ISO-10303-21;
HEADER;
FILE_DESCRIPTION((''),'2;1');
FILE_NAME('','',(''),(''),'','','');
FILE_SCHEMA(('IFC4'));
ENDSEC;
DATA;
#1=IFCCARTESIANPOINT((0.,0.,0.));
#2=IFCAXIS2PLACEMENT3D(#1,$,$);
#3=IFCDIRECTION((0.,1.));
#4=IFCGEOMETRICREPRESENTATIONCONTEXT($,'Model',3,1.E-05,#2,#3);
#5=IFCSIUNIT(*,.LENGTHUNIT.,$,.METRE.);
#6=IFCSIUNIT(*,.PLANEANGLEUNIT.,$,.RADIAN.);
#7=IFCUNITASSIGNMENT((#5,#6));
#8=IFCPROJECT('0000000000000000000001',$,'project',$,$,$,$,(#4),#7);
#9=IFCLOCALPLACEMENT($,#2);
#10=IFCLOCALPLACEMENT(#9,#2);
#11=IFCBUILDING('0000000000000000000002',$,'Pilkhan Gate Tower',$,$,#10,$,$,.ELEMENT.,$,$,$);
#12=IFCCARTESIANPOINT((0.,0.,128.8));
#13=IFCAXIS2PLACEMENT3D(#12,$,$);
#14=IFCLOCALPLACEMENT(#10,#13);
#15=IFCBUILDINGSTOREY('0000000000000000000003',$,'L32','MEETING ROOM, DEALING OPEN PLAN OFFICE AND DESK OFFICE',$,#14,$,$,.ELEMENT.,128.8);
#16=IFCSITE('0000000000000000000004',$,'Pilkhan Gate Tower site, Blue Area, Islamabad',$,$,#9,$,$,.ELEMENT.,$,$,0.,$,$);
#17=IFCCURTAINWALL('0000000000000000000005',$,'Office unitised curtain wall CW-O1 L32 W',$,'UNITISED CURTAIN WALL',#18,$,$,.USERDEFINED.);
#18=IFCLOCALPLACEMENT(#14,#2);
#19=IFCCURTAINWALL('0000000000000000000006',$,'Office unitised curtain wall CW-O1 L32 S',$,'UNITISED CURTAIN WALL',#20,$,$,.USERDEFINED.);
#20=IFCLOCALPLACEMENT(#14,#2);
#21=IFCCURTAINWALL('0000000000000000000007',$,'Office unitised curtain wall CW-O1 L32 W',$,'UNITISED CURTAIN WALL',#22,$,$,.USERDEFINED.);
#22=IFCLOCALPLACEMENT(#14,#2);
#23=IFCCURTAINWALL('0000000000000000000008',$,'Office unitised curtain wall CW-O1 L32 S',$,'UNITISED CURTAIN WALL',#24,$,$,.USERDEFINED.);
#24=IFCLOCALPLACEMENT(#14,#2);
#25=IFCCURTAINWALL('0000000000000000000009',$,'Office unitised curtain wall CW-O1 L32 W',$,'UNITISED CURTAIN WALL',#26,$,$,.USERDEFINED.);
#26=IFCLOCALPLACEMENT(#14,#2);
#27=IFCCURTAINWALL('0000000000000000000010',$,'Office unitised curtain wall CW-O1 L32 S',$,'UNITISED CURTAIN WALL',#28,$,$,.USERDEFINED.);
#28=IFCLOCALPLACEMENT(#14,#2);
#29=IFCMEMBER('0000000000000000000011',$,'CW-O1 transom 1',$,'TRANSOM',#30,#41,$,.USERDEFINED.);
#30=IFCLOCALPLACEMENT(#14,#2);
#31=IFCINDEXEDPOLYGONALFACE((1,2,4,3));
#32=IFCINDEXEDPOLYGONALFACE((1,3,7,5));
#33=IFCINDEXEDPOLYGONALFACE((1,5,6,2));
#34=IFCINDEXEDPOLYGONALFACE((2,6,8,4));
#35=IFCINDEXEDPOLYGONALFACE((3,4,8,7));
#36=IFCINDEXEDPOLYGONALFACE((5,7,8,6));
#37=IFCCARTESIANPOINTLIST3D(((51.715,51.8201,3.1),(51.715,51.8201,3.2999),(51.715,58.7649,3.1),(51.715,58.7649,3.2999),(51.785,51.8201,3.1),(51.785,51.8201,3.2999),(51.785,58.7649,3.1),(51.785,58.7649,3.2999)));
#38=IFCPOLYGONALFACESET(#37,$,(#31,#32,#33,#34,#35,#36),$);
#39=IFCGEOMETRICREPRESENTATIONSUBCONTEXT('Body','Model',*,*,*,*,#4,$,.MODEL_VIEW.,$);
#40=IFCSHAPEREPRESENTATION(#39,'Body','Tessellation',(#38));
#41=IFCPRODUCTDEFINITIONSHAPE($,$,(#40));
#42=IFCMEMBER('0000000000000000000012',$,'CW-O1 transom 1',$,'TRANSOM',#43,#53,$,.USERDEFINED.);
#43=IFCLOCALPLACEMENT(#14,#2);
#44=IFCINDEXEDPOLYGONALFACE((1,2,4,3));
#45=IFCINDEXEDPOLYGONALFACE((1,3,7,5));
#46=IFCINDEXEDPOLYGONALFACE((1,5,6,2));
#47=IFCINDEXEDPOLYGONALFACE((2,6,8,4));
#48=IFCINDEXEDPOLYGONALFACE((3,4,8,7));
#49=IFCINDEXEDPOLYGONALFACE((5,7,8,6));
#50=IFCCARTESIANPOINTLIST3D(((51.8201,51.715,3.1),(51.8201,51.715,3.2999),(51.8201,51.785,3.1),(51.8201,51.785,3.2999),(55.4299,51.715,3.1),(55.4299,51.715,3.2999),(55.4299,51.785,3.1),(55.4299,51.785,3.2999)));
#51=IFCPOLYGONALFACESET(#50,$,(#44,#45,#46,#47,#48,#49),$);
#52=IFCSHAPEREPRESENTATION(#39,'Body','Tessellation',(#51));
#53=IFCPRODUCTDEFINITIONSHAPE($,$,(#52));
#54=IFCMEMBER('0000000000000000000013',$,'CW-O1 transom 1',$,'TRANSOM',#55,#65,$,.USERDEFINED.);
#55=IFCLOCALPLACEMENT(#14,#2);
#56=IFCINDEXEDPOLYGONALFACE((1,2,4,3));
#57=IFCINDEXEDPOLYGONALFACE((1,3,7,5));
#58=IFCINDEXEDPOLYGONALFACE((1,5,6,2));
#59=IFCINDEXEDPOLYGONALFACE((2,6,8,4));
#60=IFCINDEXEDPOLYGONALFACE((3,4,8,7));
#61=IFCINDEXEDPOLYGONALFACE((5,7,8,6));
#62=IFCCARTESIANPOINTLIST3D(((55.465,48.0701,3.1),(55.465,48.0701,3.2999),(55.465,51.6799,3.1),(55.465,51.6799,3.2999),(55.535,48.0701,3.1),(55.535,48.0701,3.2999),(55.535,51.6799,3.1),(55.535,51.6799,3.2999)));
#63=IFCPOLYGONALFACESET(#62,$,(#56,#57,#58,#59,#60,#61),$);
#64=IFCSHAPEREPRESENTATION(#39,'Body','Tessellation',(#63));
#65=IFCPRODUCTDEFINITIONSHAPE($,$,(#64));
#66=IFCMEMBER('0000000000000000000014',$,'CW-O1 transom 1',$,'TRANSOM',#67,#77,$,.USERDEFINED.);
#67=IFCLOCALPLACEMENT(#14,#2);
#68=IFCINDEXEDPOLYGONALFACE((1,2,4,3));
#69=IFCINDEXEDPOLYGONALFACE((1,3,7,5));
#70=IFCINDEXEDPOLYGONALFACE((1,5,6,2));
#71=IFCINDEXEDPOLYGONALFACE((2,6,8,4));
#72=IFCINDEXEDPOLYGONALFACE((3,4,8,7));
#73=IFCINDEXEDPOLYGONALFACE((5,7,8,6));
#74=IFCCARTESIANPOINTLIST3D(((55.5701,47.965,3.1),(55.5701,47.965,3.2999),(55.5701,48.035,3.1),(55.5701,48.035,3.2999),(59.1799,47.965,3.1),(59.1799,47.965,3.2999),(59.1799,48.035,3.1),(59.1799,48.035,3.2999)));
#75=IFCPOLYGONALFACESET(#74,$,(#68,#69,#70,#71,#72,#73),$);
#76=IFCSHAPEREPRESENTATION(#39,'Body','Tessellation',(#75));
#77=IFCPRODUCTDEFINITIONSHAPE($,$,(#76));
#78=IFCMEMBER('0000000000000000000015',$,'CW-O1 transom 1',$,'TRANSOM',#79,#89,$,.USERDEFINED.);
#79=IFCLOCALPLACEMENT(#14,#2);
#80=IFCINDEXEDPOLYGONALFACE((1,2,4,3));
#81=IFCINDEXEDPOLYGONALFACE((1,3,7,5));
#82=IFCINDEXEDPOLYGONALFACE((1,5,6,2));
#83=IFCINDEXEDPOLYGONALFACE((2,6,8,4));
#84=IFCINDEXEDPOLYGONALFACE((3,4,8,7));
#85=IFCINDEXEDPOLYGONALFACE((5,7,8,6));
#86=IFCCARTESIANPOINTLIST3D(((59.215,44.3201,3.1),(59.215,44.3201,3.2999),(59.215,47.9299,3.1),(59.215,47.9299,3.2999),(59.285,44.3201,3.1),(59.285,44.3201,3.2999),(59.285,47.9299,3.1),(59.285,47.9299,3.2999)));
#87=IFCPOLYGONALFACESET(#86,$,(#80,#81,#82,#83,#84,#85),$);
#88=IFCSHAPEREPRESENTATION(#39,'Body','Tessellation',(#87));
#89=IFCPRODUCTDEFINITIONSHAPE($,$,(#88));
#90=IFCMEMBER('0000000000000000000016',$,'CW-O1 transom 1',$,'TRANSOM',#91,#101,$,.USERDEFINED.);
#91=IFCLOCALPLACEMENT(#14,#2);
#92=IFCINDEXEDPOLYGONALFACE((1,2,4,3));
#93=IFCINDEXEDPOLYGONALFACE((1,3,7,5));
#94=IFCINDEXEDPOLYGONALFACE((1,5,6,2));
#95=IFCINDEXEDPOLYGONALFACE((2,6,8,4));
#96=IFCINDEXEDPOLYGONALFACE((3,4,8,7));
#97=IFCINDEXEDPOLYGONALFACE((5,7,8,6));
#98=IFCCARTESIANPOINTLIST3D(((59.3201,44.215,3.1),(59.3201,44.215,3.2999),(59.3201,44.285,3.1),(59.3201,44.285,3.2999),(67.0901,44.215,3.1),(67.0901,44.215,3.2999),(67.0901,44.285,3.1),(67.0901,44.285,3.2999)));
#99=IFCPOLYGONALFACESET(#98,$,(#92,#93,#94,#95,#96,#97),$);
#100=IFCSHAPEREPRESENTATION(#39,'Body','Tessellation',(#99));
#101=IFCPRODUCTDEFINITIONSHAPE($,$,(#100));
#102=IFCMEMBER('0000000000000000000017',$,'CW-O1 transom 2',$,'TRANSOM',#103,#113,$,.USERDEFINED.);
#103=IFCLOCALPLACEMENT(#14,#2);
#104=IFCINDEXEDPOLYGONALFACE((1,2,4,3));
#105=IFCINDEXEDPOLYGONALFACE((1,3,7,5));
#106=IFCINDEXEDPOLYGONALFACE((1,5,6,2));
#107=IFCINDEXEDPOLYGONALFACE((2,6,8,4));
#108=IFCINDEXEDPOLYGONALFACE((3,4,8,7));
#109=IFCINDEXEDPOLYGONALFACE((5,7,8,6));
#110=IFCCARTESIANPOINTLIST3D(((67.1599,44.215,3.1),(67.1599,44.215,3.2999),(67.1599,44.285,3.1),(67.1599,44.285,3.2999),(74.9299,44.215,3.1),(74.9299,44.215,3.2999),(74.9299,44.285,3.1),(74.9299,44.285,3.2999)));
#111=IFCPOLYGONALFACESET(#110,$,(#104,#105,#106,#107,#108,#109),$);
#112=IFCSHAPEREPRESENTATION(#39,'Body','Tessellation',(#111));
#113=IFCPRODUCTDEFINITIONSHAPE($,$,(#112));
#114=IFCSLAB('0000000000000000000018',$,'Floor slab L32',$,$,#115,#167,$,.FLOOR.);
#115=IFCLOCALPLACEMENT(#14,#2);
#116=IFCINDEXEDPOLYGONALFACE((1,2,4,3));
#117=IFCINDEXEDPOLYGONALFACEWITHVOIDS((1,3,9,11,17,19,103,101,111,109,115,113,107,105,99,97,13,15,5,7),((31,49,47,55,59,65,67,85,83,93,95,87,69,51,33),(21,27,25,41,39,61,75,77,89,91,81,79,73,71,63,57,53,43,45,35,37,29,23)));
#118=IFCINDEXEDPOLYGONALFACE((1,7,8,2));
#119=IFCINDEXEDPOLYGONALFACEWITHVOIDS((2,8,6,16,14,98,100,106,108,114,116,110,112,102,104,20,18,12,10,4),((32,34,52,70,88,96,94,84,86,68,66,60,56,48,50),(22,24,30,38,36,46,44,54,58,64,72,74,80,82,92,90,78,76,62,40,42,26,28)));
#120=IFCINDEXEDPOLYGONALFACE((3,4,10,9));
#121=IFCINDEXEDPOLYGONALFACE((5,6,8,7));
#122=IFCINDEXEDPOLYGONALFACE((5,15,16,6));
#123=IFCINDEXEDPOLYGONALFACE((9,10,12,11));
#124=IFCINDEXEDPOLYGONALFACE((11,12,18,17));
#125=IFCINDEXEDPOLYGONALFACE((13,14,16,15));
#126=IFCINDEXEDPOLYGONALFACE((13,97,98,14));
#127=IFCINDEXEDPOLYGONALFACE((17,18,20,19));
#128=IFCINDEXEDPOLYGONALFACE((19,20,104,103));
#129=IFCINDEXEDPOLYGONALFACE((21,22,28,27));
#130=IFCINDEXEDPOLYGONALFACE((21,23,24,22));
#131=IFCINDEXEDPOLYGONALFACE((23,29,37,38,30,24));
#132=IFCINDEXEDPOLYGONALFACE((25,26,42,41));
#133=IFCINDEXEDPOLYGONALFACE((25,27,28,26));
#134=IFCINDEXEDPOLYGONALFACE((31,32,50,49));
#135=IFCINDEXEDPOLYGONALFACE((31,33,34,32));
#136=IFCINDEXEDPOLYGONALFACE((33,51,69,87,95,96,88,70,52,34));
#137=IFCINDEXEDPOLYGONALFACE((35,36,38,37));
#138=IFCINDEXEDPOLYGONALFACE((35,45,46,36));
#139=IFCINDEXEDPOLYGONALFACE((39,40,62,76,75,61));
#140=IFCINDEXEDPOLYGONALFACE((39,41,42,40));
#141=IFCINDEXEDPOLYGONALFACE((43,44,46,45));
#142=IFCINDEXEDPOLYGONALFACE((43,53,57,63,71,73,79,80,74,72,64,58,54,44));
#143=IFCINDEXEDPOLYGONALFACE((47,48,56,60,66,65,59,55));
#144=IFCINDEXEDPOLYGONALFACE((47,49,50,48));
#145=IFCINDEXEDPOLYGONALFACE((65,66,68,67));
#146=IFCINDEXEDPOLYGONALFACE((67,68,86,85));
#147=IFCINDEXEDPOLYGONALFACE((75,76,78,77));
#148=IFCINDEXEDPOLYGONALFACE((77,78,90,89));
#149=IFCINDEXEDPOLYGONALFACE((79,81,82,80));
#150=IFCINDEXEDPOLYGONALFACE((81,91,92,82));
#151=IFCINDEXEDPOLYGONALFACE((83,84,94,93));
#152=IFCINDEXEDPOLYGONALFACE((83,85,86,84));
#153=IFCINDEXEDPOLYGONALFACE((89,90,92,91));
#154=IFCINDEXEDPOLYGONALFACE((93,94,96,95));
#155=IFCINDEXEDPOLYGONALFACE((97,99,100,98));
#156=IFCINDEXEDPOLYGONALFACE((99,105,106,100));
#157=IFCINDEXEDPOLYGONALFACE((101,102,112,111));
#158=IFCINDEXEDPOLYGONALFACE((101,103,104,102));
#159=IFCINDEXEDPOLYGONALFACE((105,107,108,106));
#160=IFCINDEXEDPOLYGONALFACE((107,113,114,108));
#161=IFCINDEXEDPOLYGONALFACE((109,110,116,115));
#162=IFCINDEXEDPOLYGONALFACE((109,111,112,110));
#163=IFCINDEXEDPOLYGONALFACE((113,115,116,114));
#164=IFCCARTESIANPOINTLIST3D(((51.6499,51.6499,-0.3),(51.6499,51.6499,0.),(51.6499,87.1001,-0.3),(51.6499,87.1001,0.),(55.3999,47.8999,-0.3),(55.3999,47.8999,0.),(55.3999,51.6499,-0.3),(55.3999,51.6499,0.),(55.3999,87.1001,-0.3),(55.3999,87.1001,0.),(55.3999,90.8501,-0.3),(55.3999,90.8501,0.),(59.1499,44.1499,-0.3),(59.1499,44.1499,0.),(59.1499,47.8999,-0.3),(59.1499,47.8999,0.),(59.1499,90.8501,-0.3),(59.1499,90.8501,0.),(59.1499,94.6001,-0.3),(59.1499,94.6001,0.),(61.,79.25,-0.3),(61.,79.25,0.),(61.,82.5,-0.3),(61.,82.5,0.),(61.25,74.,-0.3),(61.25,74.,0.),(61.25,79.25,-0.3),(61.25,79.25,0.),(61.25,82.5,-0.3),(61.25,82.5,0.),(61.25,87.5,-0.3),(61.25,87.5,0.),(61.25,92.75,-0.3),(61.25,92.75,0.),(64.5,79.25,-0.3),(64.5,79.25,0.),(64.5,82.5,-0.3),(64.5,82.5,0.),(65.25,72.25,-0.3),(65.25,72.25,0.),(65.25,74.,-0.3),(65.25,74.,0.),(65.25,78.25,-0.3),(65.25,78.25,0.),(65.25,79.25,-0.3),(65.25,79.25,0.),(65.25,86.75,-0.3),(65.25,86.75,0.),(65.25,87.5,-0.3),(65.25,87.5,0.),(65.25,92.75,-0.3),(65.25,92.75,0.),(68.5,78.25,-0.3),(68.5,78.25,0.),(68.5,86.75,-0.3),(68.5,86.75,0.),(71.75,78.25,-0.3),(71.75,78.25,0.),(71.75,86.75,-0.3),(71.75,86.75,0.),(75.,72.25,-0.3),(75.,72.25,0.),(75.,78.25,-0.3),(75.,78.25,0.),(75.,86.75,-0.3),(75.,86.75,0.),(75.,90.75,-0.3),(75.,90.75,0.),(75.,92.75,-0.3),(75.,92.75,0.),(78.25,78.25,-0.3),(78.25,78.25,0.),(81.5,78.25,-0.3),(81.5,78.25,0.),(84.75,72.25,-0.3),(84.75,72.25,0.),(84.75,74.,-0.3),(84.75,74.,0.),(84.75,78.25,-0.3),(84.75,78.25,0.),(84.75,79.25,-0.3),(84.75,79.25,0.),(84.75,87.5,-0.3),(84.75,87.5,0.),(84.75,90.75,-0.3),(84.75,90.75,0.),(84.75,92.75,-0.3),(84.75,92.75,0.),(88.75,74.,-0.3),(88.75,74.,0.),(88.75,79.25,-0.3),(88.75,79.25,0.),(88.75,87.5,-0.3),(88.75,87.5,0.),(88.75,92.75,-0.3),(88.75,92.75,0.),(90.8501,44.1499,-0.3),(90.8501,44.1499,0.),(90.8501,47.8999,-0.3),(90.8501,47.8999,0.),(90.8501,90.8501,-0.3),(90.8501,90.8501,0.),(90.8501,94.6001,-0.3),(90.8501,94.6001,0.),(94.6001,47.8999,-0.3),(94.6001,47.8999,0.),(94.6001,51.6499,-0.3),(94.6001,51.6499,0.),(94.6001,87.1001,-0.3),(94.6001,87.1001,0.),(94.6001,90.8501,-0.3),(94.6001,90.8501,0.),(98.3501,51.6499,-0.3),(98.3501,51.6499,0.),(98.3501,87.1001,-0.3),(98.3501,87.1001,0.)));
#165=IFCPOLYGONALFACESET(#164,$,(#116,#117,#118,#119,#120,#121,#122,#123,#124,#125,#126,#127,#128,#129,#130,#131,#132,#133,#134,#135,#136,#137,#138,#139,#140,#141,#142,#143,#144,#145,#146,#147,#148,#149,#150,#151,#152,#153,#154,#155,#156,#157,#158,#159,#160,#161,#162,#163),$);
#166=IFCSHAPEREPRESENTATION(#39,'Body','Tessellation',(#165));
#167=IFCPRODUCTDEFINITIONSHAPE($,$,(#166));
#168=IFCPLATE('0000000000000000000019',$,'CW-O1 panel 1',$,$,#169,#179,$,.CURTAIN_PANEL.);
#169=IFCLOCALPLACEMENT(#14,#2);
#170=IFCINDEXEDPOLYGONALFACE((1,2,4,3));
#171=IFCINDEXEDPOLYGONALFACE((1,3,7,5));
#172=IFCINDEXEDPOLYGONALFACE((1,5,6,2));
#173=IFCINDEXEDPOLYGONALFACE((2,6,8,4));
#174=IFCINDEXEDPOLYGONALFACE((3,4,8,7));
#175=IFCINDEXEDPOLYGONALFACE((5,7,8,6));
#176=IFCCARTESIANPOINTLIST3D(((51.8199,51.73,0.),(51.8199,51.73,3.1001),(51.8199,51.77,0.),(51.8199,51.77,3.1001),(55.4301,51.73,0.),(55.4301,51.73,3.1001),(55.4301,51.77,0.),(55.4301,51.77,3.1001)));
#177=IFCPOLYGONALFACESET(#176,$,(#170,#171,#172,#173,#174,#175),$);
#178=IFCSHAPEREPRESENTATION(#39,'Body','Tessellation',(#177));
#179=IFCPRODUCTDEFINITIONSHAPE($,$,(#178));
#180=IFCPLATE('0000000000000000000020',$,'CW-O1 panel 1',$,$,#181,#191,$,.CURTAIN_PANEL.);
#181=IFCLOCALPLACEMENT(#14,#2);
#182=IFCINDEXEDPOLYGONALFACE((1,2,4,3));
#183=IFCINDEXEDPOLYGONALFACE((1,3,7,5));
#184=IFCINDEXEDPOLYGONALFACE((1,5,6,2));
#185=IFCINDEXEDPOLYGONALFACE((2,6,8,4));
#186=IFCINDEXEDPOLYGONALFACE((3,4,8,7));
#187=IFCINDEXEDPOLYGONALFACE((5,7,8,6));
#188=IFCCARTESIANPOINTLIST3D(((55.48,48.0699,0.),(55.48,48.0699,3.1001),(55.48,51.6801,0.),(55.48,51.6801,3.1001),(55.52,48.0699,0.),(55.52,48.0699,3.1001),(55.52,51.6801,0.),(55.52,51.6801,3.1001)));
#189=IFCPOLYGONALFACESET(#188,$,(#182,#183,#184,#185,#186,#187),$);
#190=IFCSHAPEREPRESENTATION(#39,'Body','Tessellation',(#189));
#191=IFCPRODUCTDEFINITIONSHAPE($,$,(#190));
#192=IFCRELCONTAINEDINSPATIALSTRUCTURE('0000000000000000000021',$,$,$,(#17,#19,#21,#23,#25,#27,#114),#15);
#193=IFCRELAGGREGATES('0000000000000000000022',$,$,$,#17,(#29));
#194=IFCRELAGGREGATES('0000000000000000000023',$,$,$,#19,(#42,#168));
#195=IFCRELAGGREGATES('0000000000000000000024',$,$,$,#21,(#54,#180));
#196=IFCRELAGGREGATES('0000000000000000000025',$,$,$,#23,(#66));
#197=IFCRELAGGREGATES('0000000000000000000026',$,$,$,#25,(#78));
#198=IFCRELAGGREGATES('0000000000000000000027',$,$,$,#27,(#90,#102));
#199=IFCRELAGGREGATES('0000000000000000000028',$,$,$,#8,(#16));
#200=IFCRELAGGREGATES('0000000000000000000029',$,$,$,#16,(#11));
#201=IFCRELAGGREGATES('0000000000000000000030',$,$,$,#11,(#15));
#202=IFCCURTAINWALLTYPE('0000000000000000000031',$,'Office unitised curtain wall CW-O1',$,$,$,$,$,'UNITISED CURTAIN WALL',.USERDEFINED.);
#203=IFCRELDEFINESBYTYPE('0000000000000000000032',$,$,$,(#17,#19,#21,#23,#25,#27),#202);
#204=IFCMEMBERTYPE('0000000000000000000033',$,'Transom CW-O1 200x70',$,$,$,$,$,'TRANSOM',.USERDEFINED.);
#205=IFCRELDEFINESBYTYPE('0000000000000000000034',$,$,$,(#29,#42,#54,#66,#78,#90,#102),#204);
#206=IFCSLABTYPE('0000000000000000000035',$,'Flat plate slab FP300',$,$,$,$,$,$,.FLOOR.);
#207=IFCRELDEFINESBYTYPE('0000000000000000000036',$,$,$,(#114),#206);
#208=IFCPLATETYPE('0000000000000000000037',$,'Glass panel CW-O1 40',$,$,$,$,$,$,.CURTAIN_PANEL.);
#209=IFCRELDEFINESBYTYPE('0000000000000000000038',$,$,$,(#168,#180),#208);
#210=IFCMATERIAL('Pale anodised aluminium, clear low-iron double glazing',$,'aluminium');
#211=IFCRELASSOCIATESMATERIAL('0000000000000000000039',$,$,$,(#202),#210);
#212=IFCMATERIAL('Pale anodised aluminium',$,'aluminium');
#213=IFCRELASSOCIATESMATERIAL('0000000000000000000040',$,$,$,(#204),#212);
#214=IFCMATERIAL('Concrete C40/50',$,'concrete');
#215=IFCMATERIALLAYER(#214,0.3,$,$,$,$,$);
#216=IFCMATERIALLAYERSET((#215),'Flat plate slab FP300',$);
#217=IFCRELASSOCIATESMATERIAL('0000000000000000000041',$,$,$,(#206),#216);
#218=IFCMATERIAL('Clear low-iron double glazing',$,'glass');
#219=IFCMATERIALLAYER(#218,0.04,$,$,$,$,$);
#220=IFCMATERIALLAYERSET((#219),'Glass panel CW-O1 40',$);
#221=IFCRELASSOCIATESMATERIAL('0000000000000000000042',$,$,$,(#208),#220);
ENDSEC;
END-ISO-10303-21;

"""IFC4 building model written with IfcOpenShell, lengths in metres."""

from ifc_helpers import new_model, si_unit, direction, frame, origin, origin_2d, place, context, subcontext, project, spatial, polyline, rectangle, outline, extrude, material, layer, layer_set, material_profile, profile_set, type_object, element, aggregate, save


model = new_model("IFC4")

# Units and contexts
model_context = context("Model", 3, precision=1e-05, world=origin(), true_north=direction((0.0, 1.0)))
body_context = subcontext(model_context, "Body", "Model", "MODEL_VIEW")
ifc_project = project(units=[si_unit("LENGTHUNIT", "METRE"), si_unit("PLANEANGLEUNIT", "RADIAN")], contexts=[model_context])

# Site, building, storey
site_placement = place(None, origin())
site = spatial("IfcSite", under=ifc_project, at=site_placement, Name="Pilkhan Gate Tower site, Blue Area, Islamabad", CompositionType="ELEMENT", RefElevation=0.0)
building_placement = place(site_placement, origin())
building = spatial("IfcBuilding", under=site, at=building_placement, Name="Pilkhan Gate Tower", CompositionType="ELEMENT")
storey_placement = place(building_placement, frame((0.0, 0.0, 128.8)))
storey = spatial("IfcBuildingStorey", under=building, at=storey_placement, Name="L32", Description="MEETING ROOM, DEALING OPEN PLAN OFFICE AND DESK OFFICE", CompositionType="ELEMENT", Elevation=128.8)

# Curtain wall
ifc_material_1 = material(Name="Pale anodised aluminium, clear low-iron double glazing", Category="aluminium")
curtain_wall_type = type_object("IfcCurtainWallType", Name="Office unitised curtain wall CW-O1", ElementType="UNITISED CURTAIN WALL", PredefinedType="USERDEFINED", material=ifc_material_1)
curtain_wall_1_placement = place(storey_placement, origin())
curtain_wall_1 = element("IfcCurtainWall", 1, at=curtain_wall_1_placement, inside=storey, type_object=curtain_wall_type, Name="Office unitised curtain wall CW-O1 L32 W", ObjectType="UNITISED CURTAIN WALL", PredefinedType="USERDEFINED")
ifc_material_2 = material(Name="Pale anodised aluminium", Category="aluminium")

# Curtain walls
curtain_wall_2_placement = place(storey_placement, origin())
curtain_wall_2 = element("IfcCurtainWall", 2, at=curtain_wall_2_placement, inside=storey, type_object=curtain_wall_type, Name="Office unitised curtain wall CW-O1 L32 S", ObjectType="UNITISED CURTAIN WALL", PredefinedType="USERDEFINED")
curtain_wall_3_placement = place(storey_placement, origin())
curtain_wall_3 = element("IfcCurtainWall", 3, at=curtain_wall_3_placement, inside=storey, type_object=curtain_wall_type, Name="Office unitised curtain wall CW-O1 L32 W", ObjectType="UNITISED CURTAIN WALL", PredefinedType="USERDEFINED")
curtain_wall_4_placement = place(storey_placement, origin())
curtain_wall_4 = element("IfcCurtainWall", 4, at=curtain_wall_4_placement, inside=storey, type_object=curtain_wall_type, Name="Office unitised curtain wall CW-O1 L32 S", ObjectType="UNITISED CURTAIN WALL", PredefinedType="USERDEFINED")
curtain_wall_5_placement = place(storey_placement, origin())
curtain_wall_5 = element("IfcCurtainWall", 5, at=curtain_wall_5_placement, inside=storey, type_object=curtain_wall_type, Name="Office unitised curtain wall CW-O1 L32 W", ObjectType="UNITISED CURTAIN WALL", PredefinedType="USERDEFINED")
curtain_wall_6_placement = place(storey_placement, origin())
curtain_wall_6 = element("IfcCurtainWall", 6, at=curtain_wall_6_placement, inside=storey, type_object=curtain_wall_type, Name="Office unitised curtain wall CW-O1 L32 S", ObjectType="UNITISED CURTAIN WALL", PredefinedType="USERDEFINED")

# Members
ifc_material_profile_1 = material_profile(ifc_material_2, rectangle(XDim=0.0701, YDim=0.2, at=origin_2d()), Name="Transom 200x70")
ifc_profile_set_1 = profile_set([ifc_material_profile_1], Name="Pale anodised aluminium")
member_type_1 = type_object("IfcMemberType", Name="Transom CW-O1 200x70", ElementType="TRANSOM", PredefinedType="USERDEFINED", material=ifc_profile_set_1)
member_1_placement = place(storey_placement, frame((51.75, 51.8201, 3.2), z_axis=(0.0, 1.0, 0.0), x_axis=(-1.0, 0.0, 0.0)))
member_1 = element("IfcMember", 7, at=member_1_placement, type_object=member_type_1, Name="CW-O1 transom 1", ObjectType="TRANSOM", PredefinedType="USERDEFINED", context=body_context, shape_type="SweptSolid", body=[
    extrude(rectangle(XDim=0.0701, YDim=0.2, at=origin_2d()), origin(), (0.0, 0.0, 1.0), 6.9448),
])
aggregate(curtain_wall_1, [member_1])
member_2_placement = place(storey_placement, frame((51.8201, 51.75, 3.2), z_axis=(1.0, 0.0, 0.0), x_axis=(0.0, 1.0, 0.0)))
member_2 = element("IfcMember", 8, at=member_2_placement, type_object=member_type_1, Name="CW-O1 transom 1", ObjectType="TRANSOM", PredefinedType="USERDEFINED", context=body_context, shape_type="SweptSolid", body=[
    extrude(rectangle(XDim=0.0701, YDim=0.2, at=origin_2d()), origin(), (0.0, 0.0, 1.0), 3.6099),
])
member_3_placement = place(storey_placement, frame((55.5, 48.0701, 3.2), z_axis=(0.0, 1.0, 0.0), x_axis=(-1.0, 0.0, 0.0)))
member_3 = element("IfcMember", 9, at=member_3_placement, type_object=member_type_1, Name="CW-O1 transom 1", ObjectType="TRANSOM", PredefinedType="USERDEFINED", context=body_context, shape_type="SweptSolid", body=[
    extrude(rectangle(XDim=0.0701, YDim=0.2, at=origin_2d()), origin(), (0.0, 0.0, 1.0), 3.6099),
])
member_4_placement = place(storey_placement, frame((55.5701, 48.0, 3.2), z_axis=(1.0, 0.0, 0.0), x_axis=(0.0, 1.0, 0.0)))
member_4 = element("IfcMember", 10, at=member_4_placement, type_object=member_type_1, Name="CW-O1 transom 1", ObjectType="TRANSOM", PredefinedType="USERDEFINED", context=body_context, shape_type="SweptSolid", body=[
    extrude(rectangle(XDim=0.0701, YDim=0.2, at=origin_2d()), origin(), (0.0, 0.0, 1.0), 3.6099),
])
member_5_placement = place(storey_placement, frame((59.25, 44.3201, 3.2), z_axis=(0.0, 1.0, 0.0), x_axis=(-1.0, 0.0, 0.0)))
member_5 = element("IfcMember", 11, at=member_5_placement, type_object=member_type_1, Name="CW-O1 transom 1", ObjectType="TRANSOM", PredefinedType="USERDEFINED", context=body_context, shape_type="SweptSolid", body=[
    extrude(rectangle(XDim=0.0701, YDim=0.2, at=origin_2d()), origin(), (0.0, 0.0, 1.0), 3.6099),
])
member_6_placement = place(storey_placement, frame((59.3201, 44.25, 3.2), z_axis=(1.0, 0.0, 0.0), x_axis=(0.0, 1.0, 0.0)))
member_6 = element("IfcMember", 12, at=member_6_placement, type_object=member_type_1, Name="CW-O1 transom 1", ObjectType="TRANSOM", PredefinedType="USERDEFINED", context=body_context, shape_type="SweptSolid", body=[
    extrude(rectangle(XDim=0.0701, YDim=0.2, at=origin_2d()), origin(), (0.0, 0.0, 1.0), 7.77),
])
member_7_placement = place(storey_placement, frame((67.1599, 44.25, 3.2), z_axis=(1.0, 0.0, 0.0), x_axis=(0.0, 1.0, 0.0)))
member_7 = element("IfcMember", 13, at=member_7_placement, type_object=member_type_1, Name="CW-O1 transom 2", ObjectType="TRANSOM", PredefinedType="USERDEFINED", context=body_context, shape_type="SweptSolid", body=[
    extrude(rectangle(XDim=0.0701, YDim=0.2, at=origin_2d()), origin(), (0.0, 0.0, 1.0), 7.77),
])

# Slab
ifc_material_3 = material(Name="Concrete C40/50", Category="concrete")
ifc_layer_1 = layer(ifc_material_3, 0.3)
ifc_layer_set_1 = layer_set([ifc_layer_1], Name="Flat plate slab FP300")
slab_type_1 = type_object("IfcSlabType", Name="Flat plate slab FP300", PredefinedType="FLOOR", material=ifc_layer_set_1)
slab_1_placement = place(storey_placement, frame((0.0, 0.0, -0.3)))
element("IfcSlab", 14, at=slab_1_placement, inside=storey, type_object=slab_type_1, Name="Floor slab L32", PredefinedType="FLOOR", context=body_context, shape_type="SweptSolid", body=[
    extrude(outline(polyline([(94.6001, 47.8999), (90.8501, 47.8999), (90.8501, 44.1499), (59.1499, 44.1499), (59.1499, 47.8999), (55.3999, 47.8999), (55.3999, 51.6499), (51.6499, 51.6499), (51.6499, 87.1001), (55.3999, 87.1001), (55.3999, 90.8501), (59.1499, 90.8501), (59.1499, 94.6001), (90.8501, 94.6001), (90.8501, 90.8501), (94.6001, 90.8501), (94.6001, 87.1001), (98.3501, 87.1001), (98.3501, 51.6499), (94.6001, 51.6499), (94.6001, 47.8999)]), holes=[polyline([(65.25, 87.5), (65.25, 86.75), (68.5, 86.75), (71.75, 86.75), (75.0, 86.75), (75.0, 90.75), (84.75, 90.75), (84.75, 87.5), (88.75, 87.5), (88.75, 92.75), (84.75, 92.75), (75.0, 92.75), (65.25, 92.75), (61.25, 92.75), (61.25, 87.5), (65.25, 87.5)]), polyline([(75.0, 72.25), (84.75, 72.25), (84.75, 74.0), (88.75, 74.0), (88.75, 79.25), (84.75, 79.25), (84.75, 78.25), (81.5, 78.25), (78.25, 78.25), (75.0, 78.25), (71.75, 78.25), (68.5, 78.25), (65.25, 78.25), (65.25, 79.25), (64.5, 79.25), (64.5, 82.5), (61.25, 82.5), (61.0, 82.5), (61.0, 79.25), (61.25, 79.25), (61.25, 74.0), (65.25, 74.0), (65.25, 72.25), (75.0, 72.25)])]), origin(), (0.0, 0.0, 1.0), 0.3),
])

# Plates
ifc_material_4 = material(Name="Clear low-iron double glazing", Category="glass")
ifc_layer_2 = layer(ifc_material_4, 0.04)
ifc_layer_set_2 = layer_set([ifc_layer_2], Name="Glass panel CW-O1 40")
plate_type = type_object("IfcPlateType", Name="Glass panel CW-O1 40", PredefinedType="CURTAIN_PANEL", material=ifc_layer_set_2)
plate_1_placement = place(storey_placement, frame((53.625, 51.75, 0.0), z_axis=(0.0, 0.0, 1.0), x_axis=(1.0, 0.0, 0.0)))
plate_1 = element("IfcPlate", 15, at=plate_1_placement, type_object=plate_type, Name="CW-O1 panel 1", PredefinedType="CURTAIN_PANEL", context=body_context, shape_type="SweptSolid", body=[
    extrude(rectangle(XDim=3.6101, YDim=0.04, at=origin_2d()), origin(), (0.0, 0.0, 1.0), 3.1001),
])
aggregate(curtain_wall_2, [member_2, plate_1])
plate_2_placement = place(storey_placement, frame((55.5, 49.875, 0.0), z_axis=(0.0, 0.0, 1.0), x_axis=(0.0, 1.0, 0.0)))
plate_2 = element("IfcPlate", 16, at=plate_2_placement, type_object=plate_type, Name="CW-O1 panel 1", PredefinedType="CURTAIN_PANEL", context=body_context, shape_type="SweptSolid", body=[
    extrude(rectangle(XDim=3.6101, YDim=0.04, at=origin_2d()), origin(), (0.0, 0.0, 1.0), 3.1001),
])
aggregate(curtain_wall_3, [member_3, plate_2])
aggregate(curtain_wall_4, [member_4])
aggregate(curtain_wall_5, [member_5])
aggregate(curtain_wall_6, [member_6, member_7])

save(model, "model.ifc")
